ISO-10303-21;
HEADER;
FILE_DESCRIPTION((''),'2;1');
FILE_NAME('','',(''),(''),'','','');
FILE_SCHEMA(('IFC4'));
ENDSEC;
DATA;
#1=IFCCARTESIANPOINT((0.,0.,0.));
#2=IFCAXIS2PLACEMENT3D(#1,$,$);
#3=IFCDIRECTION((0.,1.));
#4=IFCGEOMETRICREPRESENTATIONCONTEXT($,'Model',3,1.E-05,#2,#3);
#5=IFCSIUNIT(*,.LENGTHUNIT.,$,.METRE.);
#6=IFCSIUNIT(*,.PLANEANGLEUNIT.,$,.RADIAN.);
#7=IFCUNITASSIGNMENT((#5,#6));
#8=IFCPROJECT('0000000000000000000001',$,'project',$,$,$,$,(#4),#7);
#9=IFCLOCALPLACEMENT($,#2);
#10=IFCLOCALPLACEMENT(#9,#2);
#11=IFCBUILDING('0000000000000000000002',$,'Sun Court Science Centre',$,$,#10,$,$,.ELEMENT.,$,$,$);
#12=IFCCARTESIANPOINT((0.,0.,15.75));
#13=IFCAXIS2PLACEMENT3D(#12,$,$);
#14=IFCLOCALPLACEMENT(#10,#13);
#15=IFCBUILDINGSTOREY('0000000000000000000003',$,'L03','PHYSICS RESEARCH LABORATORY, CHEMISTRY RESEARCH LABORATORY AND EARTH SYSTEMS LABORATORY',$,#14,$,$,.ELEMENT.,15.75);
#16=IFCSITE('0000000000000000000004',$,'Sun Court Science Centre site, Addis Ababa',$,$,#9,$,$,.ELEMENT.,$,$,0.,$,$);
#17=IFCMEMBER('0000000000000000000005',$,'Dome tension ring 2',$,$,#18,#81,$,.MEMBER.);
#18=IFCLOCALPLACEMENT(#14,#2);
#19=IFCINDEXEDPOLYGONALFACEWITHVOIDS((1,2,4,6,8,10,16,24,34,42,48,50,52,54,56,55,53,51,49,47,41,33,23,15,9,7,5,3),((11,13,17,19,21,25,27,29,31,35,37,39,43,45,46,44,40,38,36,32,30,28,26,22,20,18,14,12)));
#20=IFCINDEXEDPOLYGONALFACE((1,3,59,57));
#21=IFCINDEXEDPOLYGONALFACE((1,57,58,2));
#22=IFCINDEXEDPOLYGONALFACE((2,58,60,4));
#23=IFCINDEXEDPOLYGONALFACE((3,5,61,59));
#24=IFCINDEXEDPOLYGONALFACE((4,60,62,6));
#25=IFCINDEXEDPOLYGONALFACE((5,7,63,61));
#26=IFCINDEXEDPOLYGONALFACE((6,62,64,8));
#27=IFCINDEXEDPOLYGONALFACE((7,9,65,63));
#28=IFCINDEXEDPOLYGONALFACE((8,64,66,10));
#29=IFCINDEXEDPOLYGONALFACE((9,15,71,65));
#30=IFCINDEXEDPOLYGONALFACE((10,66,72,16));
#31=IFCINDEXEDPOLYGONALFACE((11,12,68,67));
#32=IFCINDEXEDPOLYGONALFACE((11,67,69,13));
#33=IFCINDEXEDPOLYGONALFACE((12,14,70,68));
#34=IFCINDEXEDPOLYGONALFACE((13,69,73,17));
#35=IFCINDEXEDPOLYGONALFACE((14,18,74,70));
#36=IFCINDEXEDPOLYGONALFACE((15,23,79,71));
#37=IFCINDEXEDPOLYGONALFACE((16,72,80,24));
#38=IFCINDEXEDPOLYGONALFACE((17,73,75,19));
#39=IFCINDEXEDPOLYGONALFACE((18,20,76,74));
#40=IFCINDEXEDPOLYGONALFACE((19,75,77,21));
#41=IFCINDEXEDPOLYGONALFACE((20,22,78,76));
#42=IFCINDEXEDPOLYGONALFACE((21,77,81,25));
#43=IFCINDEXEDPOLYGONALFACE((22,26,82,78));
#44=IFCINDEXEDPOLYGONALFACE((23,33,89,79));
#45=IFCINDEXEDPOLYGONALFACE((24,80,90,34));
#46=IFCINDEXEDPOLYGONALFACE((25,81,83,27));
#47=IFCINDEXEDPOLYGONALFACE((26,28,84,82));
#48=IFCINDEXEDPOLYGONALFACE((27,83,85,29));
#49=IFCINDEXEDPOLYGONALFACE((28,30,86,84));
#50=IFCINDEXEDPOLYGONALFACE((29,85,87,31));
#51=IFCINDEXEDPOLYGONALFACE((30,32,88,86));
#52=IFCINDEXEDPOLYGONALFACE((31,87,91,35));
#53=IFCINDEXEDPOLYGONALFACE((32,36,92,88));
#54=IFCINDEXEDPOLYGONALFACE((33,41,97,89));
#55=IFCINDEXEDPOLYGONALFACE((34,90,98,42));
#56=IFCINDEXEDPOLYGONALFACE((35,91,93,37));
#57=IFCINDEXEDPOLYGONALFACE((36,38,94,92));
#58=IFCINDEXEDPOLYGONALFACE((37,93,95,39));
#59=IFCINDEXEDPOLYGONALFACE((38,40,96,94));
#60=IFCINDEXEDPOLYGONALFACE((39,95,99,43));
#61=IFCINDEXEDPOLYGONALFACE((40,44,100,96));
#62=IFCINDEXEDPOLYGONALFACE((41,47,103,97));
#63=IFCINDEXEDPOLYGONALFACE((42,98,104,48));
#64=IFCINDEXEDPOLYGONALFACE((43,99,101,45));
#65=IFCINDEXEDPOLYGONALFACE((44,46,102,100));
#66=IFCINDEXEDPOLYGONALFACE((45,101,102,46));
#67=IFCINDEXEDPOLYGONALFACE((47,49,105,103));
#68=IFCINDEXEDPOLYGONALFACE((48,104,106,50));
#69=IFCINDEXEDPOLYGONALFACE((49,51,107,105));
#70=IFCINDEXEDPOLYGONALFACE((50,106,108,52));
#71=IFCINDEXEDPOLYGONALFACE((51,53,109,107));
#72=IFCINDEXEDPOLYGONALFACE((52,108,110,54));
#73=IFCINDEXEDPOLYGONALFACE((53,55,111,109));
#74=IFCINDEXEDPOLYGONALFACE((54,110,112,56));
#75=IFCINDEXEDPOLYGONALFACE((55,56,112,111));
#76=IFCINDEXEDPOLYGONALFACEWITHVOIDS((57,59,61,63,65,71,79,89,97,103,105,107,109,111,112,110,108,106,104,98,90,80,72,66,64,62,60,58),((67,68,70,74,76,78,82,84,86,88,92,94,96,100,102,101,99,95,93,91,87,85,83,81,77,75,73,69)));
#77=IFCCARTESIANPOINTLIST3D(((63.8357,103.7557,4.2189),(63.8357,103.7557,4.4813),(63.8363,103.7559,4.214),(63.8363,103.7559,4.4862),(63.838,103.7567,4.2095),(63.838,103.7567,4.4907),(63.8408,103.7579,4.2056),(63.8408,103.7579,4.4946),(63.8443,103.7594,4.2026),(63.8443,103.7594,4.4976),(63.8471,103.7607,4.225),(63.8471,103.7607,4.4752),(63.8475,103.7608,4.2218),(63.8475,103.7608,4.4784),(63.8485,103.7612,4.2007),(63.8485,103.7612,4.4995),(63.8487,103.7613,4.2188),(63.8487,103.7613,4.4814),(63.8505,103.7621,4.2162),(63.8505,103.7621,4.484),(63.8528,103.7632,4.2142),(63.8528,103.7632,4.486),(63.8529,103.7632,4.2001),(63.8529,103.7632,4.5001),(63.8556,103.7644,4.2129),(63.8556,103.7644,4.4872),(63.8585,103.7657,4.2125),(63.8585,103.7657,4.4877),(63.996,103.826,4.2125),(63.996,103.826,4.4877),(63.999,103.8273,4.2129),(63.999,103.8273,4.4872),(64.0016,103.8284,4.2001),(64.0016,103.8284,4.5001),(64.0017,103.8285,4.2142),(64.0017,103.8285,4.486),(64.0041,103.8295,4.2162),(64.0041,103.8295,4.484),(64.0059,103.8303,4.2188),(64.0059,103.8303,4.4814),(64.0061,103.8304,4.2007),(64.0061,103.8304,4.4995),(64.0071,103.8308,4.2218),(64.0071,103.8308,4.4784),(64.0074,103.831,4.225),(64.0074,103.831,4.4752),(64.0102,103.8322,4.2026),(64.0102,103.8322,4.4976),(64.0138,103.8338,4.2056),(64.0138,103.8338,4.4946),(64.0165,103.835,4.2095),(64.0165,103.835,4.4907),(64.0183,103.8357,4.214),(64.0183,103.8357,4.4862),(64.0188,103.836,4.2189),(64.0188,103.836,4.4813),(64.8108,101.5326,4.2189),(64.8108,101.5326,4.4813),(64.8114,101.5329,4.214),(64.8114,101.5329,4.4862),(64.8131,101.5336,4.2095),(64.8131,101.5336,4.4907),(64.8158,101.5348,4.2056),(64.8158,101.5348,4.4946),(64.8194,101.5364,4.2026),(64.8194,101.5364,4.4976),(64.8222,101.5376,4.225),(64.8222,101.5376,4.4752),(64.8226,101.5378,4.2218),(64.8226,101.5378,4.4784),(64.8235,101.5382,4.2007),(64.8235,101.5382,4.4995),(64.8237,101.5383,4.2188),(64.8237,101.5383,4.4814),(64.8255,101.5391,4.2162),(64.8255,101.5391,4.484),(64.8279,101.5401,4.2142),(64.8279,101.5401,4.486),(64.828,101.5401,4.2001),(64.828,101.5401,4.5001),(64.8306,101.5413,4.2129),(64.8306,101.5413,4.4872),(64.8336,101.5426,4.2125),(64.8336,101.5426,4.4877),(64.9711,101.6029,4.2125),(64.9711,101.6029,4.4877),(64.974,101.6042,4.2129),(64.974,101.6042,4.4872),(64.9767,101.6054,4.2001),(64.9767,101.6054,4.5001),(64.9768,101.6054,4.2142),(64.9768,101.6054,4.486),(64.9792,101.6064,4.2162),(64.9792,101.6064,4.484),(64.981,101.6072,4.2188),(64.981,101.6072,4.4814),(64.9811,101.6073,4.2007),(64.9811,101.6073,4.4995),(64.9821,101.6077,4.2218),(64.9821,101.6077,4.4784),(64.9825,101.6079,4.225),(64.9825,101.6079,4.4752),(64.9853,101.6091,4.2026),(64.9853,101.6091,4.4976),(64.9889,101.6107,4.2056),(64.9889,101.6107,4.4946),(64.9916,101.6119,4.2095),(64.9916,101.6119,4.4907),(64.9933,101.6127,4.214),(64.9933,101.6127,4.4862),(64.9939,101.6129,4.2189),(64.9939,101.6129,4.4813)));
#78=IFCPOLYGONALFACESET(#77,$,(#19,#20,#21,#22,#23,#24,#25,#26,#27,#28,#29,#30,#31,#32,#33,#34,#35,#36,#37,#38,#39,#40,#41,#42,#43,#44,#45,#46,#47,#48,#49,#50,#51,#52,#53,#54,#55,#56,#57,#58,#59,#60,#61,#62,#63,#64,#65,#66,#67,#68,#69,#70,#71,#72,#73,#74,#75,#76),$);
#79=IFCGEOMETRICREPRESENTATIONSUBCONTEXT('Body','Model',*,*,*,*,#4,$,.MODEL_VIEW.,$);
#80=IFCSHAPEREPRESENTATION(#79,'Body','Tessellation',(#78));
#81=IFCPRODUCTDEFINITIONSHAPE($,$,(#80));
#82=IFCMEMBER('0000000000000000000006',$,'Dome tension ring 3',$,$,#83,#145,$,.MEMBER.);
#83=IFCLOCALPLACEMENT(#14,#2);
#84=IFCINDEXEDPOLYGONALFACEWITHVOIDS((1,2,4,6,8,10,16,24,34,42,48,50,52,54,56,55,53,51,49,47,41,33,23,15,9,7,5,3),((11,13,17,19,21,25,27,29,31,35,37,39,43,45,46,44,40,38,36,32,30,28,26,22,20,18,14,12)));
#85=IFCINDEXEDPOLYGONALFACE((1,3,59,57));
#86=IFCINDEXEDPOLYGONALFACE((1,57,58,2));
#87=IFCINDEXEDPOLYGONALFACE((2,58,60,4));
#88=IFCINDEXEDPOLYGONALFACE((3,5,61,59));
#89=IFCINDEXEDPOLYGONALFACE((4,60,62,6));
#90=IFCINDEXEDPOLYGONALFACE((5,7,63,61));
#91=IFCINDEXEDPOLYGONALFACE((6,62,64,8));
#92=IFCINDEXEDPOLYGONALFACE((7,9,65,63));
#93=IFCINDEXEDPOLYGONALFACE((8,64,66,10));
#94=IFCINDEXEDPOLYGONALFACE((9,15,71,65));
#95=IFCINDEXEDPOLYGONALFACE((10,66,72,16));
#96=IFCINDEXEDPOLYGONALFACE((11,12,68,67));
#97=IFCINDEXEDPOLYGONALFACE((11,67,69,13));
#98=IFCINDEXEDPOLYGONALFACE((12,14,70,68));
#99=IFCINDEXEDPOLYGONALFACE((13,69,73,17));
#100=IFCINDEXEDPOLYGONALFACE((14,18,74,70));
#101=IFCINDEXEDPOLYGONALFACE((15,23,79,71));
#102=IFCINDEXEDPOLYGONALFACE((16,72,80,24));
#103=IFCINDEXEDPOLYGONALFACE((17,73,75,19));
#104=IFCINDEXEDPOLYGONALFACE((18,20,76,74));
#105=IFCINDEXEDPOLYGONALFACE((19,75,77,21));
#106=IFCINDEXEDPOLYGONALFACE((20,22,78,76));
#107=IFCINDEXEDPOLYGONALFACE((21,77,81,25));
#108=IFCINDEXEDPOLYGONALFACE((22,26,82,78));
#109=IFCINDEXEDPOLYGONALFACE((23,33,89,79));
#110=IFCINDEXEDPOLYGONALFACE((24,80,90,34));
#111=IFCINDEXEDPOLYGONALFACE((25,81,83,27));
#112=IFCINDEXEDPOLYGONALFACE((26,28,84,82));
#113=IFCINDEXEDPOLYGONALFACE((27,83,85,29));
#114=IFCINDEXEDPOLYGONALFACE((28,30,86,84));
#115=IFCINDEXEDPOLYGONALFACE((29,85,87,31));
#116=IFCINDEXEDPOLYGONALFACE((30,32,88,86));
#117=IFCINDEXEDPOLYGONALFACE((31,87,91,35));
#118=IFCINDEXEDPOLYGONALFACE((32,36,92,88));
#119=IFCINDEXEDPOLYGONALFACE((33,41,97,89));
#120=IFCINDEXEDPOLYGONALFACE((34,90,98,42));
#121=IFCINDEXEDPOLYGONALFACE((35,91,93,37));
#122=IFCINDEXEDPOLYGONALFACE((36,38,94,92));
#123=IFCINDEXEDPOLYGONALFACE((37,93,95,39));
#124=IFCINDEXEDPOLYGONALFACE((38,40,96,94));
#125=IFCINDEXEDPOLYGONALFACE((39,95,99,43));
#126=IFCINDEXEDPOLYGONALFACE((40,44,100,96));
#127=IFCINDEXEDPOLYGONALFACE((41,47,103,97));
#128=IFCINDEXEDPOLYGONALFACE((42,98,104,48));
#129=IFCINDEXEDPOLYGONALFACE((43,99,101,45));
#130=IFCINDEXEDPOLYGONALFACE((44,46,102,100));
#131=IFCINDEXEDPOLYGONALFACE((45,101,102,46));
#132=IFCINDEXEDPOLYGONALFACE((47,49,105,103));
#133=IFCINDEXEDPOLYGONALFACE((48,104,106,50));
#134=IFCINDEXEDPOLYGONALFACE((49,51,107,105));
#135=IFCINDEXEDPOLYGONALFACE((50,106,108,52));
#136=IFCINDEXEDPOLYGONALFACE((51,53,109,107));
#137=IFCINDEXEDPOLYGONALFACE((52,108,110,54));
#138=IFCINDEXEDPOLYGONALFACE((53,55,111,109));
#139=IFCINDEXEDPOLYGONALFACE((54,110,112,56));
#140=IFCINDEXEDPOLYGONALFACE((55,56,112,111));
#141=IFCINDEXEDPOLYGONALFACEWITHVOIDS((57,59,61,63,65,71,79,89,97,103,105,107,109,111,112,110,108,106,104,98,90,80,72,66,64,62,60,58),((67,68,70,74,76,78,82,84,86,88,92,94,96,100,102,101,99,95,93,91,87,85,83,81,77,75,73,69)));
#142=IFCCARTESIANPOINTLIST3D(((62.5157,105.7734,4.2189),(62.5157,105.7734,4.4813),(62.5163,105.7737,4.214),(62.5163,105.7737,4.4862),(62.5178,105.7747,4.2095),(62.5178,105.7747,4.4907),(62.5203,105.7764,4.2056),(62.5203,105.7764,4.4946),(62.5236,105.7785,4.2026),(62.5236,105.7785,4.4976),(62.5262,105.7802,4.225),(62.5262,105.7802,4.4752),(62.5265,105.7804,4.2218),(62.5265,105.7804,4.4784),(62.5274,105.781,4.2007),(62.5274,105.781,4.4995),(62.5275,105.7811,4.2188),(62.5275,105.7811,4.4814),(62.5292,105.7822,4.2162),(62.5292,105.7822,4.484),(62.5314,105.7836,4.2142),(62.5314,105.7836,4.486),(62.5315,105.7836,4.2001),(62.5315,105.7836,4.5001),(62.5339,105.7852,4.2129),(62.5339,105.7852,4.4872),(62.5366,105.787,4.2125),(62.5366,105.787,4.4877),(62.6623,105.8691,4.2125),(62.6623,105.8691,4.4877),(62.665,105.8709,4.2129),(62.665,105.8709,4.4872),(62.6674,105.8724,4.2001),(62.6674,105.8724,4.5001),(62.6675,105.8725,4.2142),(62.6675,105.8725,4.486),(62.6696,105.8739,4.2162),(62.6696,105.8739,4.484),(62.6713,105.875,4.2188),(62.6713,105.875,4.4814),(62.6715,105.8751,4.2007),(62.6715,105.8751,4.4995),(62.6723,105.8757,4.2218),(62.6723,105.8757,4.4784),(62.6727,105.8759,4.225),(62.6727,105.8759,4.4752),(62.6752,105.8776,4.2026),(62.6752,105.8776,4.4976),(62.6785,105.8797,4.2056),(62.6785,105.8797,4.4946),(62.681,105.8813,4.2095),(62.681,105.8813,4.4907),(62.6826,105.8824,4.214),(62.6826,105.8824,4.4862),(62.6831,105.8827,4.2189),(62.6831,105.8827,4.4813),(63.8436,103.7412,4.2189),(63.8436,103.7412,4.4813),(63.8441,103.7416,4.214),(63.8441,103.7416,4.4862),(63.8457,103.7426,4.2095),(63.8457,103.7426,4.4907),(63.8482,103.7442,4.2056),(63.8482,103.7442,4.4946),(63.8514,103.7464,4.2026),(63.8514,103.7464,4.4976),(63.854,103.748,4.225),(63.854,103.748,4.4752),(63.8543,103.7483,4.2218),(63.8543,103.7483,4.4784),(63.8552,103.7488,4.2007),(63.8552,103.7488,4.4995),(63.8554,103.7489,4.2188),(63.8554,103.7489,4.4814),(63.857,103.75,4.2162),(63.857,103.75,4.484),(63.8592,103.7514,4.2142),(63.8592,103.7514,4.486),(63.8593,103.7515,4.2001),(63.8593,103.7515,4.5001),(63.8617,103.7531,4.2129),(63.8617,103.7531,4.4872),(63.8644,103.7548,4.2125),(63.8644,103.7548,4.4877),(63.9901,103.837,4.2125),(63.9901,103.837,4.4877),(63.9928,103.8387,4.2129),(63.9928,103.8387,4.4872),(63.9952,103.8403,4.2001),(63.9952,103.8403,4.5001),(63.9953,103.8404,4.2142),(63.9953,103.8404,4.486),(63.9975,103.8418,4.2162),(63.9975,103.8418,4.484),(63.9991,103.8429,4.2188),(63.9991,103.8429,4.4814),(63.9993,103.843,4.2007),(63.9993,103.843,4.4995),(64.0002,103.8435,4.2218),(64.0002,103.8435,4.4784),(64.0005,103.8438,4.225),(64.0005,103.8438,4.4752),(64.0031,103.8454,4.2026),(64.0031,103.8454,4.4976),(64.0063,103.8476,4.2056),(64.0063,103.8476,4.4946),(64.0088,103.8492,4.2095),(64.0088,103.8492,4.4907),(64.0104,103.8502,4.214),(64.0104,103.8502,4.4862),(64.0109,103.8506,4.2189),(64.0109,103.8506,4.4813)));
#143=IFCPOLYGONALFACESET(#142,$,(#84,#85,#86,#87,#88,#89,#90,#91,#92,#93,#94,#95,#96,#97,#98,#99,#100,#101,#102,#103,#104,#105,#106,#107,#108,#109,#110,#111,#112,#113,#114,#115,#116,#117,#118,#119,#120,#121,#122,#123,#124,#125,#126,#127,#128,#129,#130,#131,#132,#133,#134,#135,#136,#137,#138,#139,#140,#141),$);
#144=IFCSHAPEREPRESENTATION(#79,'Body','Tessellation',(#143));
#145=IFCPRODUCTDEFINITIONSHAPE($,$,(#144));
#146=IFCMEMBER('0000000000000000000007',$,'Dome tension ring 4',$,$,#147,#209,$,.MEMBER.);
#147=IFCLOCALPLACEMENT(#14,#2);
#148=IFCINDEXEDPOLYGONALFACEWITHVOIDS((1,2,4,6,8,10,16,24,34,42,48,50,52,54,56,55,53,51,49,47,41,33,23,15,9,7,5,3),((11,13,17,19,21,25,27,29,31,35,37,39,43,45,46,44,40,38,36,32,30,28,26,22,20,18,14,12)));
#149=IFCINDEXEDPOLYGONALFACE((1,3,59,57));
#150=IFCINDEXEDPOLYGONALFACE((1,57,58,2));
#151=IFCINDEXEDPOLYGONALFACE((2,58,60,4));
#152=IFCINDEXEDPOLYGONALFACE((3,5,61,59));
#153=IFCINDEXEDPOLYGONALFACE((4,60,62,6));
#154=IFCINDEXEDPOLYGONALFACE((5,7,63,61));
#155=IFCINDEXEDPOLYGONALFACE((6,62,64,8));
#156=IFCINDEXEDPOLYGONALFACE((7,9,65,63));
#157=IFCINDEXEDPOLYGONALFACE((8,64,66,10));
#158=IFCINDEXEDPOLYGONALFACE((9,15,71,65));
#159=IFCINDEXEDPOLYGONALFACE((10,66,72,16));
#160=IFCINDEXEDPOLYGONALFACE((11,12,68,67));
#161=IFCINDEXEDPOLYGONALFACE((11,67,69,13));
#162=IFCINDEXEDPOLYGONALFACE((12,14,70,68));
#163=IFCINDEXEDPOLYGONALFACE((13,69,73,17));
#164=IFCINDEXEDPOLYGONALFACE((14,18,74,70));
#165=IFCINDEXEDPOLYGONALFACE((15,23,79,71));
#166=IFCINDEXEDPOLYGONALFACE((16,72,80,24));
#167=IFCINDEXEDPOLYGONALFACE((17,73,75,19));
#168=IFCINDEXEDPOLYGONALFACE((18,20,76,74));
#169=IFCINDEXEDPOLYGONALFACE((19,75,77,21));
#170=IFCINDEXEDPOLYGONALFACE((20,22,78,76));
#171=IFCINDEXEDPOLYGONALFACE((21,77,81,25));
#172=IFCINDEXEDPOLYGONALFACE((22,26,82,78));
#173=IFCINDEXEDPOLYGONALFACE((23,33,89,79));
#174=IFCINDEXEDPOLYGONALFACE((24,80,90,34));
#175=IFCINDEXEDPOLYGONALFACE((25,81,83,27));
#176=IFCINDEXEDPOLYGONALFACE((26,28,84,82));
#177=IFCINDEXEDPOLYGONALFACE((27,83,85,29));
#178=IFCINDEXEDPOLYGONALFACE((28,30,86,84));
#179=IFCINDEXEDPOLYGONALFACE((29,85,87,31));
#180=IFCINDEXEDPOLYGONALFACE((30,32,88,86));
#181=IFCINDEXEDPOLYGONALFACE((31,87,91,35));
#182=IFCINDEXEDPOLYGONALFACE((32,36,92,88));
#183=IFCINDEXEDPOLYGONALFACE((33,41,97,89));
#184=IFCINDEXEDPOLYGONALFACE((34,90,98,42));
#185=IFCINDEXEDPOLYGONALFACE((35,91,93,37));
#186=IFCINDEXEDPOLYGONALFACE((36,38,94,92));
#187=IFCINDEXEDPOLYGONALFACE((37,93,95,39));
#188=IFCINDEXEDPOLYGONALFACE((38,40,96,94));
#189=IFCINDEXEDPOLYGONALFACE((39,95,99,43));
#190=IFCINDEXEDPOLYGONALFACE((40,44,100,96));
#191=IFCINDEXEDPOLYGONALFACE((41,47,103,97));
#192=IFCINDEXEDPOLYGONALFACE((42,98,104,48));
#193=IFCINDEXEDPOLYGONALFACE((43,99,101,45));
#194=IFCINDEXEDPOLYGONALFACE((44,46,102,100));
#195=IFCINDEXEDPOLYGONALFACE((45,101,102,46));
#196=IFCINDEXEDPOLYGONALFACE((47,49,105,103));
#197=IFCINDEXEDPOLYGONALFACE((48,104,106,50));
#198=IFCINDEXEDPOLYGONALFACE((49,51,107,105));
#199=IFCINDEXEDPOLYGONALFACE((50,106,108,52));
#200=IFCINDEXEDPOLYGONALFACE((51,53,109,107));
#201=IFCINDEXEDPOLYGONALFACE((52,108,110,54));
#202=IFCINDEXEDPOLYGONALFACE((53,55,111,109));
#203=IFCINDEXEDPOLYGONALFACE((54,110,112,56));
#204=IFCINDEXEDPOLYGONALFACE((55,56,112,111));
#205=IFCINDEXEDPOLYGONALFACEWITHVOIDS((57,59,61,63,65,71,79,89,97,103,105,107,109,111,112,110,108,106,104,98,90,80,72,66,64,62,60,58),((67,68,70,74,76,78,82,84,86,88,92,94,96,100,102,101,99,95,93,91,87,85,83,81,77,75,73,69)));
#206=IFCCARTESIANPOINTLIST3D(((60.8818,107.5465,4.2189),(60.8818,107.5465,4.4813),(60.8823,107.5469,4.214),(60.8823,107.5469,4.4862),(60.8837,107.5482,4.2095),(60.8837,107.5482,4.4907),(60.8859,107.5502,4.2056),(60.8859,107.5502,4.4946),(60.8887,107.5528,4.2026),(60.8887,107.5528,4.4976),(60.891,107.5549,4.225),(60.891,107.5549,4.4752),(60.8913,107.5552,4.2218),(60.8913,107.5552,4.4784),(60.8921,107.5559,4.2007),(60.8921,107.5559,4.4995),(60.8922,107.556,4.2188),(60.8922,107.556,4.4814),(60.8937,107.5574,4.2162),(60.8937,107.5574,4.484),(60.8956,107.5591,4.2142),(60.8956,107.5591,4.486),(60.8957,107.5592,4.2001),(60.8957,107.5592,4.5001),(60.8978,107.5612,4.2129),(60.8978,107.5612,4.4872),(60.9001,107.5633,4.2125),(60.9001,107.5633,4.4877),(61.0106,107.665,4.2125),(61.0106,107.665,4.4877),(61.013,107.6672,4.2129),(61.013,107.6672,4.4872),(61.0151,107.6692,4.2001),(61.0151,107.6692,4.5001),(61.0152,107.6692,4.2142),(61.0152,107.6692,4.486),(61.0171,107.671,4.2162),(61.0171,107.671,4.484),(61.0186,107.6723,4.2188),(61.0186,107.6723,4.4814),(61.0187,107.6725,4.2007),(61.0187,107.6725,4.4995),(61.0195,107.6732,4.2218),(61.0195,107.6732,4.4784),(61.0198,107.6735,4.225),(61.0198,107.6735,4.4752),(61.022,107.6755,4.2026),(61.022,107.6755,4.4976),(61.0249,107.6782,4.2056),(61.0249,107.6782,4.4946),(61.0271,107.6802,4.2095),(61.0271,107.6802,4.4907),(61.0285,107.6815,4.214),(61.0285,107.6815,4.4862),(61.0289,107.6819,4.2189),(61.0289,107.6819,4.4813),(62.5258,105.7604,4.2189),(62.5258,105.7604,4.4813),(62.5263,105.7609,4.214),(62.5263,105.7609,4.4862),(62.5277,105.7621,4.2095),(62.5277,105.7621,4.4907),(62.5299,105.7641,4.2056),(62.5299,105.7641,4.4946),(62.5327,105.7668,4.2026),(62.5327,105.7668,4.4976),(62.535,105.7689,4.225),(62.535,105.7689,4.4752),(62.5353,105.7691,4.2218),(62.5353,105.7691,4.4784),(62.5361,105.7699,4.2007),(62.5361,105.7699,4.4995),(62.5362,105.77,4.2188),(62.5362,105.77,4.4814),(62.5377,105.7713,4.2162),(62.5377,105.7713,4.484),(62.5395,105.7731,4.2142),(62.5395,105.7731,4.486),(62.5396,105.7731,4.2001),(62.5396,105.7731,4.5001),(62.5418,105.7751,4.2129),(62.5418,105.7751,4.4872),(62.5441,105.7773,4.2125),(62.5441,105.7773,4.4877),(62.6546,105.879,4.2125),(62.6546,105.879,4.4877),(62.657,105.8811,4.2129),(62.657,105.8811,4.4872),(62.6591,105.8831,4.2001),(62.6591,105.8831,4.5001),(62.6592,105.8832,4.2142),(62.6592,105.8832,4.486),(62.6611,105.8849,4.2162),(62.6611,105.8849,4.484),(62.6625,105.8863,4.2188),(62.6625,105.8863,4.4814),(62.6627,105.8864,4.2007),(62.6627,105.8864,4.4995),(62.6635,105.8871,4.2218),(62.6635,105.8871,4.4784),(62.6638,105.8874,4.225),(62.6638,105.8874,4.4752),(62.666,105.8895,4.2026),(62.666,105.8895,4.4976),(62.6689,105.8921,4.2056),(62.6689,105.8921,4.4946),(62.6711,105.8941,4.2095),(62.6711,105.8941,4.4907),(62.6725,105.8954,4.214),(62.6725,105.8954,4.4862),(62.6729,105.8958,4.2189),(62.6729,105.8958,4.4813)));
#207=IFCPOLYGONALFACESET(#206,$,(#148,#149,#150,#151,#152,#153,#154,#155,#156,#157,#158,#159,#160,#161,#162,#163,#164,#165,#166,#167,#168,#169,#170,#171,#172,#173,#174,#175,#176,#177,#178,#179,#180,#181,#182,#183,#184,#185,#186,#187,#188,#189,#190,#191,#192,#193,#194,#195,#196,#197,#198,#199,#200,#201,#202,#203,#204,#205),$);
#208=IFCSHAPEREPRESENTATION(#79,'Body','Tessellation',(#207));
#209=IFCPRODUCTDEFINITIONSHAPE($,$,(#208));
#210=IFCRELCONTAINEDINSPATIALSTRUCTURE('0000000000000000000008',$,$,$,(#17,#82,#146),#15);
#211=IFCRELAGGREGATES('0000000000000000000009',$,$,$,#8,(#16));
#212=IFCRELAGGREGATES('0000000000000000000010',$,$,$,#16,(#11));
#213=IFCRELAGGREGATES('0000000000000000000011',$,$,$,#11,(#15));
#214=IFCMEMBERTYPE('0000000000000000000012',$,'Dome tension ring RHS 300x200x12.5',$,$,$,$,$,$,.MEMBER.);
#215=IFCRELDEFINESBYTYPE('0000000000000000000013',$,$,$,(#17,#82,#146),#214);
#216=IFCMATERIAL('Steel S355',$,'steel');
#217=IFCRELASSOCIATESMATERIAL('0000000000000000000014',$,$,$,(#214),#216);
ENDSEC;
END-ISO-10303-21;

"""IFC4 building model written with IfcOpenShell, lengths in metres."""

from ifc_helpers import new_model, si_unit, direction, frame, origin, origin_2d, place, context, subcontext, project, spatial, hollow_rectangle, extrude, material, material_profile, profile_set, type_object, element, save


model = new_model("IFC4")

# Units and contexts
model_context = context("Model", 3, precision=1e-05, world=origin(), true_north=direction((0.0, 1.0)))
body_context = subcontext(model_context, "Body", "Model", "MODEL_VIEW")
ifc_project = project(units=[si_unit("LENGTHUNIT", "METRE"), si_unit("PLANEANGLEUNIT", "RADIAN")], contexts=[model_context])

# Site, building, storey
site_placement = place(None, origin())
site = spatial("IfcSite", under=ifc_project, at=site_placement, Name="Sun Court Science Centre site, Addis Ababa", CompositionType="ELEMENT", RefElevation=0.0)
building_placement = place(site_placement, origin())
building = spatial("IfcBuilding", under=site, at=building_placement, Name="Sun Court Science Centre", CompositionType="ELEMENT")
storey_placement = place(building_placement, frame((0.0, 0.0, 15.75)))
storey = spatial("IfcBuildingStorey", under=building, at=storey_placement, Name="L03", Description="PHYSICS RESEARCH LABORATORY, CHEMISTRY RESEARCH LABORATORY AND EARTH SYSTEMS LABORATORY", CompositionType="ELEMENT", Elevation=15.75)

# Members
ifc_material_1 = material(Name="Steel S355", Category="steel")
ifc_material_profile_1 = material_profile(ifc_material_1, hollow_rectangle(XDim=0.2, YDim=0.3, WallThickness=0.0125, InnerFilletRadius=0.0125, OuterFilletRadius=0.0188, at=origin_2d()), Name="RHS 300x200x12.5")
ifc_profile_set_1 = profile_set([ifc_material_profile_1], Name="Steel S355")
member_type_1 = type_object("IfcMemberType", Name="Dome tension ring RHS 300x200x12.5", PredefinedType="MEMBER", material=ifc_profile_set_1)
for number, where, z_axis, x_axis, name in (
    (1, (64.9023, 101.5728, 4.3501), (-0.401673, 0.915783, 0.0), (-0.915783, -0.401673, 0.0), "Dome tension ring 2"),
    (2, (63.9272, 103.7959, 4.3501), (-0.546995, 0.837136, 0.0), (-0.837136, -0.546995, 0.0), "Dome tension ring 3"),
    (3, (62.5994, 105.8281, 4.3501), (-0.677235, 0.735767, 0.0), (-0.735767, -0.677235, 0.0), "Dome tension ring 4"),
):
    element("IfcMember", number, at=place(storey_placement, frame(where, z_axis=z_axis, x_axis=x_axis)), inside=storey, type_object=member_type_1, Name=name, PredefinedType="MEMBER", context=body_context, shape_type="SweptSolid", body=[
        extrude(hollow_rectangle(XDim=0.2, YDim=0.3, WallThickness=0.0125, InnerFilletRadius=0.0125, OuterFilletRadius=0.0188, at=origin_2d()), origin(), (0.0, 0.0, 1.0), 2.4275),
    ])

save(model, "model.ifc")
